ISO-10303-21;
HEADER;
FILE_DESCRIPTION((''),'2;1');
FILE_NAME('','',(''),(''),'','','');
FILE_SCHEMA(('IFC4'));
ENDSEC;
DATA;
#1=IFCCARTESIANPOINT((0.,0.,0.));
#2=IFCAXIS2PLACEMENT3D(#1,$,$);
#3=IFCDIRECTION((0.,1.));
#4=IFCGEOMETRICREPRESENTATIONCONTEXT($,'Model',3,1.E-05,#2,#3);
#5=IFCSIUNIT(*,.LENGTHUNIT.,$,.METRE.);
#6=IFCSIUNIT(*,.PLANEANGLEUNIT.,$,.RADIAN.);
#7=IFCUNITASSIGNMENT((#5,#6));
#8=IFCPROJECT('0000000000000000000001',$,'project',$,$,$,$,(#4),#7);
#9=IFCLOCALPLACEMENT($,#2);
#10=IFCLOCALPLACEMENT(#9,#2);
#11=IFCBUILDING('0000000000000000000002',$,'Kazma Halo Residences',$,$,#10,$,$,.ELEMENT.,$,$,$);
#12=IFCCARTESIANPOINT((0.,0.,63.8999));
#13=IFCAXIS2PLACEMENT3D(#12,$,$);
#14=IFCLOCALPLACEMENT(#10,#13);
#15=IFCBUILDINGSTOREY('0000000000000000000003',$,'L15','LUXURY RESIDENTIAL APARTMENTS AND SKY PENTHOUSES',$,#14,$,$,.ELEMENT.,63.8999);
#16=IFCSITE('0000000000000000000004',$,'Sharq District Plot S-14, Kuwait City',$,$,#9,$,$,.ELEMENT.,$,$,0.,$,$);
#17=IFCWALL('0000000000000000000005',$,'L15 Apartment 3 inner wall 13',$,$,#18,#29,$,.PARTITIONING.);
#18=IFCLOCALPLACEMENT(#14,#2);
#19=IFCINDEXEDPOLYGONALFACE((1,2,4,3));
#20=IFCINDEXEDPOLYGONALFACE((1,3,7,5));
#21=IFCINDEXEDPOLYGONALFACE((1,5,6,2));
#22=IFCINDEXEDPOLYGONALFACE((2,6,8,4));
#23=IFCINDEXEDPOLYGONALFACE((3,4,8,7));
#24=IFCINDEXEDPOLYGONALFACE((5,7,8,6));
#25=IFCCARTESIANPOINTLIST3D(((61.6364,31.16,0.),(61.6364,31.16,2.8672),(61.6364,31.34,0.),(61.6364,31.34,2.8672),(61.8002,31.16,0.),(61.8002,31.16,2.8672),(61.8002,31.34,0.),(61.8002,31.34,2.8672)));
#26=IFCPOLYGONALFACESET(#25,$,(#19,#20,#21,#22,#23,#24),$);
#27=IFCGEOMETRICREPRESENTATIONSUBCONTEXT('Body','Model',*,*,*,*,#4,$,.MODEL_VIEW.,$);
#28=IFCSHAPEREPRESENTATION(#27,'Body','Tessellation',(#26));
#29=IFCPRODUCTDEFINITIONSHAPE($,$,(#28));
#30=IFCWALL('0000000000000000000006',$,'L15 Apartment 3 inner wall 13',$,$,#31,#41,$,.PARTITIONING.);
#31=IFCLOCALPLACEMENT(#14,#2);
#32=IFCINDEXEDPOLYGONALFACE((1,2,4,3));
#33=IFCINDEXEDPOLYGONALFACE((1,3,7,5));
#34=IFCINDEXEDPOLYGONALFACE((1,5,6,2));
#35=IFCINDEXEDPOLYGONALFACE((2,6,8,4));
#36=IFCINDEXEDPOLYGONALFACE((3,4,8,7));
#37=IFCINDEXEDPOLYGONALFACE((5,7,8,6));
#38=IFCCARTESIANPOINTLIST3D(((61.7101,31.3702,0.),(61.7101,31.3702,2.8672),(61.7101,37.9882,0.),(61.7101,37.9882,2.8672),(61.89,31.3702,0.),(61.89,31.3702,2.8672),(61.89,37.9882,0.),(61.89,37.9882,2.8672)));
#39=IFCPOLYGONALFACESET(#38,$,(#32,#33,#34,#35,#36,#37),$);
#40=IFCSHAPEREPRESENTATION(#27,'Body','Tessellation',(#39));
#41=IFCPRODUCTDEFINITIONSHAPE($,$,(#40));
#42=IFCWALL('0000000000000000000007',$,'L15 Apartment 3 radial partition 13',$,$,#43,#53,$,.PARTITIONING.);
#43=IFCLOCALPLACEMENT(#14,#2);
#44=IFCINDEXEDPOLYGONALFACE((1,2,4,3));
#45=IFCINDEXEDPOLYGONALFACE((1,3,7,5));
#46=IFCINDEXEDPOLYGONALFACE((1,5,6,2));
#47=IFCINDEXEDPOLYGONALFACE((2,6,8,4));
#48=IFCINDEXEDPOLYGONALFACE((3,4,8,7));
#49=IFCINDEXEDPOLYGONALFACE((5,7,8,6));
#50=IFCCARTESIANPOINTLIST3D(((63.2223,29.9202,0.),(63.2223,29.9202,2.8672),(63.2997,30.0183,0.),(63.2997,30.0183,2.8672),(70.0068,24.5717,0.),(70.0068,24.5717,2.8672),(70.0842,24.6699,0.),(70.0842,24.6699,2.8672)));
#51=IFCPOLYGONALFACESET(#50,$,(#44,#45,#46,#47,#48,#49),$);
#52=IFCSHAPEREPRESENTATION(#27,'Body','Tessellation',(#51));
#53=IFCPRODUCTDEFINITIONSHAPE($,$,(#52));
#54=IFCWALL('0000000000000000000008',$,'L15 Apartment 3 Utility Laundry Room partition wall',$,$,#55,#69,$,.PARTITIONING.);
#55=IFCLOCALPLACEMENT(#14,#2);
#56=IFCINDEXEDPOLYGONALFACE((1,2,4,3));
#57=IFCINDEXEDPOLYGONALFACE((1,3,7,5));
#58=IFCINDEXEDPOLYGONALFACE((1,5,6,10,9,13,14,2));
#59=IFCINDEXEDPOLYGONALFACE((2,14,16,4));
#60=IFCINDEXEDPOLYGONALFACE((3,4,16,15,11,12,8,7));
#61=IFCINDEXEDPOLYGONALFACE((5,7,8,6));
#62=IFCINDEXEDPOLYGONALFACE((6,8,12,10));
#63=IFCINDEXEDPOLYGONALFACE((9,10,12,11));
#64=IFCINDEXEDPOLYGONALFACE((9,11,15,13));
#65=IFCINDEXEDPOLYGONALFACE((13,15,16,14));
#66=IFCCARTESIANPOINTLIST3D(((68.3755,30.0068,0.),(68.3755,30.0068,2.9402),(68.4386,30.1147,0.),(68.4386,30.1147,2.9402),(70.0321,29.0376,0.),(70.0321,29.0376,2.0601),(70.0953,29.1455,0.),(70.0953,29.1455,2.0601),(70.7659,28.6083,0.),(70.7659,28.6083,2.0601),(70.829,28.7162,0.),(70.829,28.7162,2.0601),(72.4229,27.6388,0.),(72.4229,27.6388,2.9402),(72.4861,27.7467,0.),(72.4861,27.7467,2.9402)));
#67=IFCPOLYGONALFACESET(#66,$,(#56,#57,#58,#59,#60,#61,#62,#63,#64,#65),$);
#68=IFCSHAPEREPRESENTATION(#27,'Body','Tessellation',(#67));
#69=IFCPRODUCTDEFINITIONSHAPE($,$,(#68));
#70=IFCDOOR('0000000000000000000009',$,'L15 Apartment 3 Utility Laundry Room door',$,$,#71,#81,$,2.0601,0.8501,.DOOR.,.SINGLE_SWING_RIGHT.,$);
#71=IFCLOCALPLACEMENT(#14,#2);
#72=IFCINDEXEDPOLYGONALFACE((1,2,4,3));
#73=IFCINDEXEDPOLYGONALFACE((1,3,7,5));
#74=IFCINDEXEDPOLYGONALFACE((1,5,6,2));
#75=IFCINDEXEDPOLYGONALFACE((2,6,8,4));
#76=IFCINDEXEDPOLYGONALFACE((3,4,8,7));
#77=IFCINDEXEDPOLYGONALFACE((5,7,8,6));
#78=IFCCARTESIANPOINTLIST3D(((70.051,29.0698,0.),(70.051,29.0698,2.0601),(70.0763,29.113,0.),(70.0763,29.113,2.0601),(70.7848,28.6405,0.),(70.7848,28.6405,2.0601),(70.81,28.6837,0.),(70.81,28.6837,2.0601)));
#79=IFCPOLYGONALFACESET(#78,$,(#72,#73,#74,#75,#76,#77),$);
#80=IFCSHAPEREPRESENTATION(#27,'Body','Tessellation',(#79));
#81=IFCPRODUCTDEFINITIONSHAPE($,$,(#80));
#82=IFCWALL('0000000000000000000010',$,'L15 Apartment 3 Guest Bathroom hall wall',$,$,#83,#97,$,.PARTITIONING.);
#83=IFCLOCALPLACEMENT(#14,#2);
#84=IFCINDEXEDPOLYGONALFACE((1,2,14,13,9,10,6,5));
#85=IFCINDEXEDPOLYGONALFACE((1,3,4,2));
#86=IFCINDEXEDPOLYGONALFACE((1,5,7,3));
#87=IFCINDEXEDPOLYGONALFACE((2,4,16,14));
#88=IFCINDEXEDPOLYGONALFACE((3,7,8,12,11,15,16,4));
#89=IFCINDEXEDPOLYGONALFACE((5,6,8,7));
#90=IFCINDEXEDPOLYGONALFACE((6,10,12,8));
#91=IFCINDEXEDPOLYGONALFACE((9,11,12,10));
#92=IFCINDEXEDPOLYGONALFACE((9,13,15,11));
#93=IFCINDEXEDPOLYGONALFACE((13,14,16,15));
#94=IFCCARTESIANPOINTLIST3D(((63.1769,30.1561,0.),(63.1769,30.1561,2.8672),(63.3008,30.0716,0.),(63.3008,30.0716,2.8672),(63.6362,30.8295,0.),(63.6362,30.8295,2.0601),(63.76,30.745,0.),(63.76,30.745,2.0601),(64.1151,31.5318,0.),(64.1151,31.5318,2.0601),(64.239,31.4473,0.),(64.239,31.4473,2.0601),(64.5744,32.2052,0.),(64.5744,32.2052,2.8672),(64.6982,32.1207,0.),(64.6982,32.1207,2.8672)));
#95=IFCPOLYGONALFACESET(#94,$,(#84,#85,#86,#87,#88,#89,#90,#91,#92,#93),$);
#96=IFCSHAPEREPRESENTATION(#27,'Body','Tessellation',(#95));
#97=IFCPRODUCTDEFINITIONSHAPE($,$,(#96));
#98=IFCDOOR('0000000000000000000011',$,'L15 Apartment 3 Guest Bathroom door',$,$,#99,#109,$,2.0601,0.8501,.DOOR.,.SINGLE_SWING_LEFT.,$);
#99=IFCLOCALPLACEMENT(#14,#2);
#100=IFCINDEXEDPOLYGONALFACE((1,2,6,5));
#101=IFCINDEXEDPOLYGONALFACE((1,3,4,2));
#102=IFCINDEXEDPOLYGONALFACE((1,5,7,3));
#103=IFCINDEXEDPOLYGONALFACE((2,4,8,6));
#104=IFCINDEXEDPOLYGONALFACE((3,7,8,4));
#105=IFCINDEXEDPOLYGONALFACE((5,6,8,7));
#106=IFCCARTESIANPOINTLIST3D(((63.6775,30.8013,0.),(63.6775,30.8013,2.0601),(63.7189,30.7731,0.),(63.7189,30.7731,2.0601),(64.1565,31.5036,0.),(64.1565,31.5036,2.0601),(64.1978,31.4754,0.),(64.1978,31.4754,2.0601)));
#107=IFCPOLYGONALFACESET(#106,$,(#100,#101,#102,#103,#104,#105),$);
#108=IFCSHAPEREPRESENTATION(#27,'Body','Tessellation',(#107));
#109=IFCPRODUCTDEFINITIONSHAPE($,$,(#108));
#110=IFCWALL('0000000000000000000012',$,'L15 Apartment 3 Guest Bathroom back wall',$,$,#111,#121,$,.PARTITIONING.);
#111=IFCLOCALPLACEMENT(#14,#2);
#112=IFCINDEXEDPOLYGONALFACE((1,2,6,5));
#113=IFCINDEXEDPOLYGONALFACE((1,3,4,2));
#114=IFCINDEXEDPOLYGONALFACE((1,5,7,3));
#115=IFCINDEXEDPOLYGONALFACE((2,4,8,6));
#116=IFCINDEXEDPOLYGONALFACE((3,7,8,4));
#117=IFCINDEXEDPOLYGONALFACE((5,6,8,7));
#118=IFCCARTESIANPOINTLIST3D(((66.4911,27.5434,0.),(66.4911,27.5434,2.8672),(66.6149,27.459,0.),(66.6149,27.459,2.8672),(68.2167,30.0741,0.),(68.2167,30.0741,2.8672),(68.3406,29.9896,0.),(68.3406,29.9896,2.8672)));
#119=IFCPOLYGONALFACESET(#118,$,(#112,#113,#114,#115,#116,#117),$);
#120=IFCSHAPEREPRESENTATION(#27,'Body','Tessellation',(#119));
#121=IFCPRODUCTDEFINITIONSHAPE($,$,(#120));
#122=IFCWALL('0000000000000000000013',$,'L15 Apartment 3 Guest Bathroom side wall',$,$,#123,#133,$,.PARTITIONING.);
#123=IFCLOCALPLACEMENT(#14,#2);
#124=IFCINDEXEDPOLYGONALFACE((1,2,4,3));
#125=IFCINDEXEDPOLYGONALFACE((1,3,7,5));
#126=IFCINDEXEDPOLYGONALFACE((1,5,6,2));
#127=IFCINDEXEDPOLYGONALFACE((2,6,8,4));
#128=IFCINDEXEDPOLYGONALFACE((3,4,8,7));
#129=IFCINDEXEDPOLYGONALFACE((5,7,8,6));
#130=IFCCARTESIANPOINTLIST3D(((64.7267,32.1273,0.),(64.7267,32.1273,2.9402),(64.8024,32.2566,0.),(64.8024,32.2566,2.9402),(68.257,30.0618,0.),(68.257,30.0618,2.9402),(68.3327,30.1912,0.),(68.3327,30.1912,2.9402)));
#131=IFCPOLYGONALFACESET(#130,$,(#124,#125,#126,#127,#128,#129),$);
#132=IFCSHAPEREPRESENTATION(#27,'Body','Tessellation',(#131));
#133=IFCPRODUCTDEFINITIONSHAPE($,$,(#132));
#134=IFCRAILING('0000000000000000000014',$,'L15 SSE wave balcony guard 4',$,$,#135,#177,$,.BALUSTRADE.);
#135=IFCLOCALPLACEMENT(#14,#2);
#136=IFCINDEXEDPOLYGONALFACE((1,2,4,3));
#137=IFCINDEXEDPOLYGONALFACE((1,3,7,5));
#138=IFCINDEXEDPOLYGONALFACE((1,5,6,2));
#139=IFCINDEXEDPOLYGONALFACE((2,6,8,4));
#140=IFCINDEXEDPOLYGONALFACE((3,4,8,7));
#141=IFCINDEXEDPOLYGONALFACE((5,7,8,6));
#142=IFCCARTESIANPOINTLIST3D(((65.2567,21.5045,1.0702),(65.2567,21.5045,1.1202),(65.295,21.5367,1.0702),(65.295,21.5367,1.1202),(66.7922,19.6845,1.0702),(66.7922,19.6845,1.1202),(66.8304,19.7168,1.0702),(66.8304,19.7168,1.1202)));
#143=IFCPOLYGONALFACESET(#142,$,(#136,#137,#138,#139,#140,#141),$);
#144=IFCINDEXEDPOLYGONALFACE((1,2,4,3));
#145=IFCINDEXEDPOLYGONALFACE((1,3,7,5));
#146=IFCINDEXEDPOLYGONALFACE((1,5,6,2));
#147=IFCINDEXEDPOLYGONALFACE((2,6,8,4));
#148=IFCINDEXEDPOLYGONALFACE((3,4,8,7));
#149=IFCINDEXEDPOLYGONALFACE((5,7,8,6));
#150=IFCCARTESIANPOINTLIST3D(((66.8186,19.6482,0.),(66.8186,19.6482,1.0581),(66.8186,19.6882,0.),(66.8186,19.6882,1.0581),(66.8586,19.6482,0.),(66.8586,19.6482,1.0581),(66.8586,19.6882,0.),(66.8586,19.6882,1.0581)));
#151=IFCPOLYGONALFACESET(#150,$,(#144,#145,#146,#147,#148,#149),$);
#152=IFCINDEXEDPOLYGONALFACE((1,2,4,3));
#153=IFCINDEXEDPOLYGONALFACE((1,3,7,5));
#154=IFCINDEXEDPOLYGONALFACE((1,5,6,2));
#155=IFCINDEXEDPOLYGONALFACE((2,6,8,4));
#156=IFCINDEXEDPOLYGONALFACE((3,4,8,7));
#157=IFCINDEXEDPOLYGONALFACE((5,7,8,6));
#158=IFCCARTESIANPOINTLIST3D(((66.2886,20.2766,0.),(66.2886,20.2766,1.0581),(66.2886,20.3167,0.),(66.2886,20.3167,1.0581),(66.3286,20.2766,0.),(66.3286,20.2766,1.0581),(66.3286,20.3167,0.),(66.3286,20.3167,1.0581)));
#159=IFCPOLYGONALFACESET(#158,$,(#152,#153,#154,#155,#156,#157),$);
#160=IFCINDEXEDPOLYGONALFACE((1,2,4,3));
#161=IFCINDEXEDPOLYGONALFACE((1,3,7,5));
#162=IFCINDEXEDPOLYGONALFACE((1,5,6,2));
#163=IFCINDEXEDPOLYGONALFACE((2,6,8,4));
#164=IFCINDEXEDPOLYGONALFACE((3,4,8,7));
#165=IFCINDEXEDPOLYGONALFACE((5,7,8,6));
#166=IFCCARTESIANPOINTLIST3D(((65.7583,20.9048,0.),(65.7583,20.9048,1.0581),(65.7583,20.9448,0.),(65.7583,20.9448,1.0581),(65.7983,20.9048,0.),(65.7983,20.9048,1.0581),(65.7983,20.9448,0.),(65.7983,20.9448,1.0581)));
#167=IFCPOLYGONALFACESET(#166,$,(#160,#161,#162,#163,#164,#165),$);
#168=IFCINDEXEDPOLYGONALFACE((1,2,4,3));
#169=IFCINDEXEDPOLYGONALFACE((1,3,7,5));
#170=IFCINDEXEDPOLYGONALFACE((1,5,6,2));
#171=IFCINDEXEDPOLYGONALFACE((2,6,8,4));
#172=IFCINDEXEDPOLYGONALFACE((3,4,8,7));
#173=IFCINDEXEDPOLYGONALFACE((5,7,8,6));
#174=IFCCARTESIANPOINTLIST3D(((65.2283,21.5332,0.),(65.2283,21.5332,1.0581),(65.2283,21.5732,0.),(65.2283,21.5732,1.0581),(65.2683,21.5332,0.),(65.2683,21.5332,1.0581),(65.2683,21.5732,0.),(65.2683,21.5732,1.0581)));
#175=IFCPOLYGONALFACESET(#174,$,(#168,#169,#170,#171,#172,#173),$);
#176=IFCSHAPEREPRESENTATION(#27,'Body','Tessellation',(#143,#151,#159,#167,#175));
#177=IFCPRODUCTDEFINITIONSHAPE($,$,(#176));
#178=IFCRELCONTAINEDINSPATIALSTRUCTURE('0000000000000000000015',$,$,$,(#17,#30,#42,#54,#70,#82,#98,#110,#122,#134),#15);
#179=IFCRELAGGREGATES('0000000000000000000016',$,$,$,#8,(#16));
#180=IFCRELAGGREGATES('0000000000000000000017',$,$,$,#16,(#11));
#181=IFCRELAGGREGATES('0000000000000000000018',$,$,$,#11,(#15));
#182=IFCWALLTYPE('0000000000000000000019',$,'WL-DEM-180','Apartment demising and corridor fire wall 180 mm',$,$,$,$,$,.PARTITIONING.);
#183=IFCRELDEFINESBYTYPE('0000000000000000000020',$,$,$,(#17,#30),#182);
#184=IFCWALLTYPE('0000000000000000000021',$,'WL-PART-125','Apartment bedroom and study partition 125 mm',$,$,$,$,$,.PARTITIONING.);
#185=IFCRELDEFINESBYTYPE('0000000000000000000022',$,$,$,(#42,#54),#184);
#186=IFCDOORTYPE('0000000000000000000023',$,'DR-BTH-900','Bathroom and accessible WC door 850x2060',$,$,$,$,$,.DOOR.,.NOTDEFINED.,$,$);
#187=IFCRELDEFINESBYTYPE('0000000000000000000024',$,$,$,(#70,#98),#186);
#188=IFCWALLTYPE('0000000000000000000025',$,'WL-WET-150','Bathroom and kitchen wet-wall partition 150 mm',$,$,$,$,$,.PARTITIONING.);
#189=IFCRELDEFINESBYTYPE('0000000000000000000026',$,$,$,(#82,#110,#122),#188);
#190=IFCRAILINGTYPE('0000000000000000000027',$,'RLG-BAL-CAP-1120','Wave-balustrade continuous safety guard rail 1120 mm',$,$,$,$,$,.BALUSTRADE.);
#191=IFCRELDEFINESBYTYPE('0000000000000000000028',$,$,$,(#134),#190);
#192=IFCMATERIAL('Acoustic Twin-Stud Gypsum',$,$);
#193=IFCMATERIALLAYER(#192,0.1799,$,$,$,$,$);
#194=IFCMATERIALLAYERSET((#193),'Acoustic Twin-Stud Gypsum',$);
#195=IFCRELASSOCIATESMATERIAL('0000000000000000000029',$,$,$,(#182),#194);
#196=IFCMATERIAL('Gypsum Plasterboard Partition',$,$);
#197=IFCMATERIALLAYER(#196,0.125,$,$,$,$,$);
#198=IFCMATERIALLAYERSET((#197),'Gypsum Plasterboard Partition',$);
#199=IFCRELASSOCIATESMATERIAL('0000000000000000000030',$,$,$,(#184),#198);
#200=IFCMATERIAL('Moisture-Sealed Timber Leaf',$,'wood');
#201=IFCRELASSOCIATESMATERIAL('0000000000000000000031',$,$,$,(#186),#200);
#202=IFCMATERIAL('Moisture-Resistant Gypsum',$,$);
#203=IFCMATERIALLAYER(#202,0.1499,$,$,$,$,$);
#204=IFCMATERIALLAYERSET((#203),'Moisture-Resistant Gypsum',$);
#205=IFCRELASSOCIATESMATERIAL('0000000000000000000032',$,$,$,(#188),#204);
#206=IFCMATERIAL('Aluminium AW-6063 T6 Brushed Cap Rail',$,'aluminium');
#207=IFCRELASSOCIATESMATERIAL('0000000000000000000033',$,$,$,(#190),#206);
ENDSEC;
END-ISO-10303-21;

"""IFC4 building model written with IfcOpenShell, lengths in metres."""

from ifc_helpers import new_model, si_unit, direction, frame, frame_2d, origin, origin_2d, place, context, subcontext, project, spatial, rectangle, extrude, material, layer, layer_set, type_object, element, fill, save


model = new_model("IFC4")

# Units and contexts
model_context = context("Model", 3, precision=1e-05, world=origin(), true_north=direction((0.0, 1.0)))
body_context = subcontext(model_context, "Body", "Model", "MODEL_VIEW")
ifc_project = project(units=[si_unit("LENGTHUNIT", "METRE"), si_unit("PLANEANGLEUNIT", "RADIAN")], contexts=[model_context])

# Site, building, storey
site_placement = place(None, origin())
site = spatial("IfcSite", under=ifc_project, at=site_placement, Name="Sharq District Plot S-14, Kuwait City", CompositionType="ELEMENT", RefElevation=0.0)
building_placement = place(site_placement, origin())
building = spatial("IfcBuilding", under=site, at=building_placement, Name="Kazma Halo Residences", CompositionType="ELEMENT")
storey_placement = place(building_placement, frame((0.0, 0.0, 63.8999)))
storey = spatial("IfcBuildingStorey", under=building, at=storey_placement, Name="L15", Description="LUXURY RESIDENTIAL APARTMENTS AND SKY PENTHOUSES", CompositionType="ELEMENT", Elevation=63.8999)

# Walls
ifc_material_1 = material(Name="Acoustic Twin-Stud Gypsum")
ifc_layer_1 = layer(ifc_material_1, 0.1799)
ifc_layer_set_1 = layer_set([ifc_layer_1], Name="Acoustic Twin-Stud Gypsum")
wall_type_1 = type_object("IfcWallType", Name="WL-DEM-180", Description="Apartment demising and corridor fire wall 180 mm", PredefinedType="PARTITIONING", material=ifc_layer_set_1)
wall_1_placement = place(storey_placement, frame((61.6362, 31.25, 0.0), z_axis=(0.0, 0.0, 1.0), x_axis=(1.0, 0.0, 0.0)))
element("IfcWall", 1, at=wall_1_placement, inside=storey, type_object=wall_type_1, Name="L15 Apartment 3 inner wall 13", PredefinedType="PARTITIONING", context=body_context, shape_type="SweptSolid", body=[
    extrude(rectangle(XDim=0.1638, YDim=0.1799, at=frame_2d((0.082, 0.0))), origin(), (0.0, 0.0, 1.0), 2.8672),
])
wall_2_placement = place(storey_placement, frame((61.8, 31.3701, 0.0), z_axis=(0.0, 0.0, 1.0), x_axis=(0.0, 1.0, 0.0)))
element("IfcWall", 2, at=wall_2_placement, inside=storey, type_object=wall_type_1, Name="L15 Apartment 3 inner wall 13", PredefinedType="PARTITIONING", context=body_context, shape_type="SweptSolid", body=[
    extrude(rectangle(XDim=6.6179, YDim=0.1799, at=frame_2d((3.3091, 0.0))), origin(), (0.0, 0.0, 1.0), 2.8672),
])

# Wall
ifc_material_2 = material(Name="Gypsum Plasterboard Partition")
ifc_layer_2 = layer(ifc_material_2, 0.125)
ifc_layer_set_2 = layer_set([ifc_layer_2], Name="Gypsum Plasterboard Partition")
wall_type_2 = type_object("IfcWallType", Name="WL-PART-125", Description="Apartment bedroom and study partition 125 mm", PredefinedType="PARTITIONING", material=ifc_layer_set_2)
wall_3_placement = place(storey_placement, frame((63.261, 29.9692, 0.0), z_axis=(0.0, 0.0, 1.0), x_axis=(0.785318, -0.619093, 0.0)))
element("IfcWall", 3, at=wall_3_placement, inside=storey, type_object=wall_type_2, Name="L15 Apartment 3 radial partition 13", PredefinedType="PARTITIONING", context=body_context, shape_type="SweptSolid", body=[
    extrude(rectangle(XDim=8.6392, YDim=0.125, at=frame_2d((4.3196, 0.0))), origin(), (0.0, 0.0, 1.0), 2.8672),
])

# Walls, openings, doors
wall_4_placement = place(storey_placement, frame((68.407, 30.0608, 0.0), z_axis=(0.0, 0.0, 1.0), x_axis=(0.863132, -0.504978, 0.0)))
wall_4 = element("IfcWall", 4, at=wall_4_placement, inside=storey, type_object=wall_type_2, Name="L15 Apartment 3 Utility Laundry Room partition wall", PredefinedType="PARTITIONING", context=body_context, shape_type="SweptSolid", body=[
    extrude(rectangle(XDim=4.6892, YDim=0.125, at=frame_2d((2.3447, 0.0))), origin(), (0.0, 0.0, 1.0), 2.9402),
])
opening_1_placement = place(wall_4_placement, frame((1.9194, 0.0, 0.0)))
opening_1 = element("IfcOpeningElement", 5, at=opening_1_placement, cuts=wall_4, PredefinedType="OPENING", context=body_context, shape_type="SweptSolid", body=[
    extrude(rectangle(XDim=0.8501, YDim=2.0601, at=frame_2d((0.425, 1.03))), frame((0.0, 0.0725, 0.0), z_axis=(0.0, -1.0, 0.0), x_axis=(1.0, 0.0, 0.0)), (0.0, 0.0, 1.0), 0.145),
])
ifc_material_3 = material(Name="Moisture-Sealed Timber Leaf", Category="wood")
door_type_1 = type_object("IfcDoorType", Name="DR-BTH-900", Description="Bathroom and accessible WC door 850x2060", OperationType="NOTDEFINED", PredefinedType="DOOR", material=ifc_material_3)
door_1_placement = place(opening_1_placement, origin())
door_1 = element("IfcDoor", 6, at=door_1_placement, inside=storey, type_object=door_type_1, Name="L15 Apartment 3 Utility Laundry Room door", OperationType="SINGLE_SWING_RIGHT", OverallHeight=2.0601, OverallWidth=0.8501, PredefinedType="DOOR", context=body_context, shape_type="SweptSolid", body=[
    extrude(rectangle(XDim=0.8501, YDim=2.0601, at=frame_2d((0.425, 1.03))), frame((0.0, 0.0249, 0.0), z_axis=(0.0, -1.0, 0.0), x_axis=(1.0, 0.0, 0.0)), (0.0, 0.0, 1.0), 0.05),
])
fill(opening_1, door_1)
ifc_material_4 = material(Name="Moisture-Resistant Gypsum")
ifc_layer_3 = layer(ifc_material_4, 0.1499)
ifc_layer_set_3 = layer_set([ifc_layer_3], Name="Moisture-Resistant Gypsum")
wall_type_3 = type_object("IfcWallType", Name="WL-WET-150", Description="Bathroom and kitchen wet-wall partition 150 mm", PredefinedType="PARTITIONING", material=ifc_layer_set_3)
wall_5_placement = place(storey_placement, frame((63.2388, 30.1138, 0.0), z_axis=(0.0, 0.0, 1.0), x_axis=(0.563438, 0.826159, 0.0)))
wall_5 = element("IfcWall", 7, at=wall_5_placement, inside=storey, type_object=wall_type_3, Name="L15 Apartment 3 Guest Bathroom hall wall", PredefinedType="PARTITIONING", context=body_context, shape_type="SweptSolid", body=[
    extrude(rectangle(XDim=2.4802, YDim=0.1499, at=frame_2d((1.2402, 0.0))), origin(), (0.0, 0.0, 1.0), 2.8672),
])
opening_2_placement = place(wall_5_placement, frame((0.8152, 0.0, 0.0)))
opening_2 = element("IfcOpeningElement", 8, at=opening_2_placement, cuts=wall_5, PredefinedType="OPENING", context=body_context, shape_type="SweptSolid", body=[
    extrude(rectangle(XDim=0.8501, YDim=2.0601, at=frame_2d((0.425, 1.03))), frame((0.0, 0.085, 0.0), z_axis=(0.0, -1.0, 0.0), x_axis=(1.0, 0.0, 0.0)), (0.0, 0.0, 1.0), 0.1699),
])
door_2_placement = place(opening_2_placement, origin())
door_2 = element("IfcDoor", 9, at=door_2_placement, inside=storey, type_object=door_type_1, Name="L15 Apartment 3 Guest Bathroom door", OperationType="SINGLE_SWING_LEFT", OverallHeight=2.0601, OverallWidth=0.8501, PredefinedType="DOOR", context=body_context, shape_type="SweptSolid", body=[
    extrude(rectangle(XDim=0.8501, YDim=2.0601, at=frame_2d((0.425, 1.03))), frame((0.0, 0.0249, 0.0), z_axis=(0.0, -1.0, 0.0), x_axis=(1.0, 0.0, 0.0)), (0.0, 0.0, 1.0), 0.05),
])
fill(opening_2, door_2)

# Walls
wall_6_placement = place(storey_placement, frame((66.553, 27.5012, 0.0), z_axis=(0.0, 0.0, 1.0), x_axis=(0.563389, 0.826192, 0.0)))
element("IfcWall", 10, at=wall_6_placement, inside=storey, type_object=wall_type_3, Name="L15 Apartment 3 Guest Bathroom back wall", PredefinedType="PARTITIONING", context=body_context, shape_type="SweptSolid", body=[
    extrude(rectangle(XDim=3.063, YDim=0.1499, at=frame_2d((1.5315, 0.0))), origin(), (0.0, 0.0, 1.0), 2.8672),
])
wall_7_placement = place(storey_placement, frame((64.7646, 32.1919, 0.0), z_axis=(0.0, 0.0, 1.0), x_axis=(0.863129, -0.504984, 0.0)))
element("IfcWall", 11, at=wall_7_placement, inside=storey, type_object=wall_type_3, Name="L15 Apartment 3 Guest Bathroom side wall", PredefinedType="PARTITIONING", context=body_context, shape_type="SweptSolid", body=[
    extrude(rectangle(XDim=4.0901, YDim=0.1499, at=frame_2d((2.0449, 0.0))), origin(), (0.0, 0.0, 1.0), 2.9402),
])

# Railing
ifc_material_5 = material(Name="Aluminium AW-6063 T6 Brushed Cap Rail", Category="aluminium")
railing_type = type_object("IfcRailingType", Name="RLG-BAL-CAP-1120", Description="Wave-balustrade continuous safety guard rail 1120 mm", PredefinedType="BALUSTRADE", material=ifc_material_5)
railing_1_placement = place(storey_placement, frame((66.8386, 19.6682, 0.0)))
element("IfcRailing", 12, at=railing_1_placement, inside=storey, type_object=railing_type, Name="L15 SSE wave balcony guard 4", PredefinedType="BALUSTRADE", context=body_context, shape_type="SweptSolid", body=[
    extrude(rectangle(XDim=0.05, YDim=0.05, at=origin_2d()), frame((-0.0273, 0.0325, 1.0952), z_axis=(-0.644837, 0.76432, 0.0), x_axis=(-0.76432, -0.644837, 0.0)), (0.0, 0.0, 1.0), 2.3811),
    extrude(rectangle(XDim=0.04, YDim=0.04, at=origin_2d()), origin(), (0.0, 0.0, 1.0), 1.0581),
    extrude(rectangle(XDim=0.04, YDim=0.04, at=origin_2d()), frame((-0.53, 0.6284, 0.0)), (0.0, 0.0, 1.0), 1.0581),
    extrude(rectangle(XDim=0.04, YDim=0.04, at=origin_2d()), frame((-1.0603, 1.2566, 0.0)), (0.0, 0.0, 1.0), 1.0581),
    extrude(rectangle(XDim=0.04, YDim=0.04, at=origin_2d()), frame((-1.5903, 1.885, 0.0)), (0.0, 0.0, 1.0), 1.0581),
])

save(model, "model.ifc")
